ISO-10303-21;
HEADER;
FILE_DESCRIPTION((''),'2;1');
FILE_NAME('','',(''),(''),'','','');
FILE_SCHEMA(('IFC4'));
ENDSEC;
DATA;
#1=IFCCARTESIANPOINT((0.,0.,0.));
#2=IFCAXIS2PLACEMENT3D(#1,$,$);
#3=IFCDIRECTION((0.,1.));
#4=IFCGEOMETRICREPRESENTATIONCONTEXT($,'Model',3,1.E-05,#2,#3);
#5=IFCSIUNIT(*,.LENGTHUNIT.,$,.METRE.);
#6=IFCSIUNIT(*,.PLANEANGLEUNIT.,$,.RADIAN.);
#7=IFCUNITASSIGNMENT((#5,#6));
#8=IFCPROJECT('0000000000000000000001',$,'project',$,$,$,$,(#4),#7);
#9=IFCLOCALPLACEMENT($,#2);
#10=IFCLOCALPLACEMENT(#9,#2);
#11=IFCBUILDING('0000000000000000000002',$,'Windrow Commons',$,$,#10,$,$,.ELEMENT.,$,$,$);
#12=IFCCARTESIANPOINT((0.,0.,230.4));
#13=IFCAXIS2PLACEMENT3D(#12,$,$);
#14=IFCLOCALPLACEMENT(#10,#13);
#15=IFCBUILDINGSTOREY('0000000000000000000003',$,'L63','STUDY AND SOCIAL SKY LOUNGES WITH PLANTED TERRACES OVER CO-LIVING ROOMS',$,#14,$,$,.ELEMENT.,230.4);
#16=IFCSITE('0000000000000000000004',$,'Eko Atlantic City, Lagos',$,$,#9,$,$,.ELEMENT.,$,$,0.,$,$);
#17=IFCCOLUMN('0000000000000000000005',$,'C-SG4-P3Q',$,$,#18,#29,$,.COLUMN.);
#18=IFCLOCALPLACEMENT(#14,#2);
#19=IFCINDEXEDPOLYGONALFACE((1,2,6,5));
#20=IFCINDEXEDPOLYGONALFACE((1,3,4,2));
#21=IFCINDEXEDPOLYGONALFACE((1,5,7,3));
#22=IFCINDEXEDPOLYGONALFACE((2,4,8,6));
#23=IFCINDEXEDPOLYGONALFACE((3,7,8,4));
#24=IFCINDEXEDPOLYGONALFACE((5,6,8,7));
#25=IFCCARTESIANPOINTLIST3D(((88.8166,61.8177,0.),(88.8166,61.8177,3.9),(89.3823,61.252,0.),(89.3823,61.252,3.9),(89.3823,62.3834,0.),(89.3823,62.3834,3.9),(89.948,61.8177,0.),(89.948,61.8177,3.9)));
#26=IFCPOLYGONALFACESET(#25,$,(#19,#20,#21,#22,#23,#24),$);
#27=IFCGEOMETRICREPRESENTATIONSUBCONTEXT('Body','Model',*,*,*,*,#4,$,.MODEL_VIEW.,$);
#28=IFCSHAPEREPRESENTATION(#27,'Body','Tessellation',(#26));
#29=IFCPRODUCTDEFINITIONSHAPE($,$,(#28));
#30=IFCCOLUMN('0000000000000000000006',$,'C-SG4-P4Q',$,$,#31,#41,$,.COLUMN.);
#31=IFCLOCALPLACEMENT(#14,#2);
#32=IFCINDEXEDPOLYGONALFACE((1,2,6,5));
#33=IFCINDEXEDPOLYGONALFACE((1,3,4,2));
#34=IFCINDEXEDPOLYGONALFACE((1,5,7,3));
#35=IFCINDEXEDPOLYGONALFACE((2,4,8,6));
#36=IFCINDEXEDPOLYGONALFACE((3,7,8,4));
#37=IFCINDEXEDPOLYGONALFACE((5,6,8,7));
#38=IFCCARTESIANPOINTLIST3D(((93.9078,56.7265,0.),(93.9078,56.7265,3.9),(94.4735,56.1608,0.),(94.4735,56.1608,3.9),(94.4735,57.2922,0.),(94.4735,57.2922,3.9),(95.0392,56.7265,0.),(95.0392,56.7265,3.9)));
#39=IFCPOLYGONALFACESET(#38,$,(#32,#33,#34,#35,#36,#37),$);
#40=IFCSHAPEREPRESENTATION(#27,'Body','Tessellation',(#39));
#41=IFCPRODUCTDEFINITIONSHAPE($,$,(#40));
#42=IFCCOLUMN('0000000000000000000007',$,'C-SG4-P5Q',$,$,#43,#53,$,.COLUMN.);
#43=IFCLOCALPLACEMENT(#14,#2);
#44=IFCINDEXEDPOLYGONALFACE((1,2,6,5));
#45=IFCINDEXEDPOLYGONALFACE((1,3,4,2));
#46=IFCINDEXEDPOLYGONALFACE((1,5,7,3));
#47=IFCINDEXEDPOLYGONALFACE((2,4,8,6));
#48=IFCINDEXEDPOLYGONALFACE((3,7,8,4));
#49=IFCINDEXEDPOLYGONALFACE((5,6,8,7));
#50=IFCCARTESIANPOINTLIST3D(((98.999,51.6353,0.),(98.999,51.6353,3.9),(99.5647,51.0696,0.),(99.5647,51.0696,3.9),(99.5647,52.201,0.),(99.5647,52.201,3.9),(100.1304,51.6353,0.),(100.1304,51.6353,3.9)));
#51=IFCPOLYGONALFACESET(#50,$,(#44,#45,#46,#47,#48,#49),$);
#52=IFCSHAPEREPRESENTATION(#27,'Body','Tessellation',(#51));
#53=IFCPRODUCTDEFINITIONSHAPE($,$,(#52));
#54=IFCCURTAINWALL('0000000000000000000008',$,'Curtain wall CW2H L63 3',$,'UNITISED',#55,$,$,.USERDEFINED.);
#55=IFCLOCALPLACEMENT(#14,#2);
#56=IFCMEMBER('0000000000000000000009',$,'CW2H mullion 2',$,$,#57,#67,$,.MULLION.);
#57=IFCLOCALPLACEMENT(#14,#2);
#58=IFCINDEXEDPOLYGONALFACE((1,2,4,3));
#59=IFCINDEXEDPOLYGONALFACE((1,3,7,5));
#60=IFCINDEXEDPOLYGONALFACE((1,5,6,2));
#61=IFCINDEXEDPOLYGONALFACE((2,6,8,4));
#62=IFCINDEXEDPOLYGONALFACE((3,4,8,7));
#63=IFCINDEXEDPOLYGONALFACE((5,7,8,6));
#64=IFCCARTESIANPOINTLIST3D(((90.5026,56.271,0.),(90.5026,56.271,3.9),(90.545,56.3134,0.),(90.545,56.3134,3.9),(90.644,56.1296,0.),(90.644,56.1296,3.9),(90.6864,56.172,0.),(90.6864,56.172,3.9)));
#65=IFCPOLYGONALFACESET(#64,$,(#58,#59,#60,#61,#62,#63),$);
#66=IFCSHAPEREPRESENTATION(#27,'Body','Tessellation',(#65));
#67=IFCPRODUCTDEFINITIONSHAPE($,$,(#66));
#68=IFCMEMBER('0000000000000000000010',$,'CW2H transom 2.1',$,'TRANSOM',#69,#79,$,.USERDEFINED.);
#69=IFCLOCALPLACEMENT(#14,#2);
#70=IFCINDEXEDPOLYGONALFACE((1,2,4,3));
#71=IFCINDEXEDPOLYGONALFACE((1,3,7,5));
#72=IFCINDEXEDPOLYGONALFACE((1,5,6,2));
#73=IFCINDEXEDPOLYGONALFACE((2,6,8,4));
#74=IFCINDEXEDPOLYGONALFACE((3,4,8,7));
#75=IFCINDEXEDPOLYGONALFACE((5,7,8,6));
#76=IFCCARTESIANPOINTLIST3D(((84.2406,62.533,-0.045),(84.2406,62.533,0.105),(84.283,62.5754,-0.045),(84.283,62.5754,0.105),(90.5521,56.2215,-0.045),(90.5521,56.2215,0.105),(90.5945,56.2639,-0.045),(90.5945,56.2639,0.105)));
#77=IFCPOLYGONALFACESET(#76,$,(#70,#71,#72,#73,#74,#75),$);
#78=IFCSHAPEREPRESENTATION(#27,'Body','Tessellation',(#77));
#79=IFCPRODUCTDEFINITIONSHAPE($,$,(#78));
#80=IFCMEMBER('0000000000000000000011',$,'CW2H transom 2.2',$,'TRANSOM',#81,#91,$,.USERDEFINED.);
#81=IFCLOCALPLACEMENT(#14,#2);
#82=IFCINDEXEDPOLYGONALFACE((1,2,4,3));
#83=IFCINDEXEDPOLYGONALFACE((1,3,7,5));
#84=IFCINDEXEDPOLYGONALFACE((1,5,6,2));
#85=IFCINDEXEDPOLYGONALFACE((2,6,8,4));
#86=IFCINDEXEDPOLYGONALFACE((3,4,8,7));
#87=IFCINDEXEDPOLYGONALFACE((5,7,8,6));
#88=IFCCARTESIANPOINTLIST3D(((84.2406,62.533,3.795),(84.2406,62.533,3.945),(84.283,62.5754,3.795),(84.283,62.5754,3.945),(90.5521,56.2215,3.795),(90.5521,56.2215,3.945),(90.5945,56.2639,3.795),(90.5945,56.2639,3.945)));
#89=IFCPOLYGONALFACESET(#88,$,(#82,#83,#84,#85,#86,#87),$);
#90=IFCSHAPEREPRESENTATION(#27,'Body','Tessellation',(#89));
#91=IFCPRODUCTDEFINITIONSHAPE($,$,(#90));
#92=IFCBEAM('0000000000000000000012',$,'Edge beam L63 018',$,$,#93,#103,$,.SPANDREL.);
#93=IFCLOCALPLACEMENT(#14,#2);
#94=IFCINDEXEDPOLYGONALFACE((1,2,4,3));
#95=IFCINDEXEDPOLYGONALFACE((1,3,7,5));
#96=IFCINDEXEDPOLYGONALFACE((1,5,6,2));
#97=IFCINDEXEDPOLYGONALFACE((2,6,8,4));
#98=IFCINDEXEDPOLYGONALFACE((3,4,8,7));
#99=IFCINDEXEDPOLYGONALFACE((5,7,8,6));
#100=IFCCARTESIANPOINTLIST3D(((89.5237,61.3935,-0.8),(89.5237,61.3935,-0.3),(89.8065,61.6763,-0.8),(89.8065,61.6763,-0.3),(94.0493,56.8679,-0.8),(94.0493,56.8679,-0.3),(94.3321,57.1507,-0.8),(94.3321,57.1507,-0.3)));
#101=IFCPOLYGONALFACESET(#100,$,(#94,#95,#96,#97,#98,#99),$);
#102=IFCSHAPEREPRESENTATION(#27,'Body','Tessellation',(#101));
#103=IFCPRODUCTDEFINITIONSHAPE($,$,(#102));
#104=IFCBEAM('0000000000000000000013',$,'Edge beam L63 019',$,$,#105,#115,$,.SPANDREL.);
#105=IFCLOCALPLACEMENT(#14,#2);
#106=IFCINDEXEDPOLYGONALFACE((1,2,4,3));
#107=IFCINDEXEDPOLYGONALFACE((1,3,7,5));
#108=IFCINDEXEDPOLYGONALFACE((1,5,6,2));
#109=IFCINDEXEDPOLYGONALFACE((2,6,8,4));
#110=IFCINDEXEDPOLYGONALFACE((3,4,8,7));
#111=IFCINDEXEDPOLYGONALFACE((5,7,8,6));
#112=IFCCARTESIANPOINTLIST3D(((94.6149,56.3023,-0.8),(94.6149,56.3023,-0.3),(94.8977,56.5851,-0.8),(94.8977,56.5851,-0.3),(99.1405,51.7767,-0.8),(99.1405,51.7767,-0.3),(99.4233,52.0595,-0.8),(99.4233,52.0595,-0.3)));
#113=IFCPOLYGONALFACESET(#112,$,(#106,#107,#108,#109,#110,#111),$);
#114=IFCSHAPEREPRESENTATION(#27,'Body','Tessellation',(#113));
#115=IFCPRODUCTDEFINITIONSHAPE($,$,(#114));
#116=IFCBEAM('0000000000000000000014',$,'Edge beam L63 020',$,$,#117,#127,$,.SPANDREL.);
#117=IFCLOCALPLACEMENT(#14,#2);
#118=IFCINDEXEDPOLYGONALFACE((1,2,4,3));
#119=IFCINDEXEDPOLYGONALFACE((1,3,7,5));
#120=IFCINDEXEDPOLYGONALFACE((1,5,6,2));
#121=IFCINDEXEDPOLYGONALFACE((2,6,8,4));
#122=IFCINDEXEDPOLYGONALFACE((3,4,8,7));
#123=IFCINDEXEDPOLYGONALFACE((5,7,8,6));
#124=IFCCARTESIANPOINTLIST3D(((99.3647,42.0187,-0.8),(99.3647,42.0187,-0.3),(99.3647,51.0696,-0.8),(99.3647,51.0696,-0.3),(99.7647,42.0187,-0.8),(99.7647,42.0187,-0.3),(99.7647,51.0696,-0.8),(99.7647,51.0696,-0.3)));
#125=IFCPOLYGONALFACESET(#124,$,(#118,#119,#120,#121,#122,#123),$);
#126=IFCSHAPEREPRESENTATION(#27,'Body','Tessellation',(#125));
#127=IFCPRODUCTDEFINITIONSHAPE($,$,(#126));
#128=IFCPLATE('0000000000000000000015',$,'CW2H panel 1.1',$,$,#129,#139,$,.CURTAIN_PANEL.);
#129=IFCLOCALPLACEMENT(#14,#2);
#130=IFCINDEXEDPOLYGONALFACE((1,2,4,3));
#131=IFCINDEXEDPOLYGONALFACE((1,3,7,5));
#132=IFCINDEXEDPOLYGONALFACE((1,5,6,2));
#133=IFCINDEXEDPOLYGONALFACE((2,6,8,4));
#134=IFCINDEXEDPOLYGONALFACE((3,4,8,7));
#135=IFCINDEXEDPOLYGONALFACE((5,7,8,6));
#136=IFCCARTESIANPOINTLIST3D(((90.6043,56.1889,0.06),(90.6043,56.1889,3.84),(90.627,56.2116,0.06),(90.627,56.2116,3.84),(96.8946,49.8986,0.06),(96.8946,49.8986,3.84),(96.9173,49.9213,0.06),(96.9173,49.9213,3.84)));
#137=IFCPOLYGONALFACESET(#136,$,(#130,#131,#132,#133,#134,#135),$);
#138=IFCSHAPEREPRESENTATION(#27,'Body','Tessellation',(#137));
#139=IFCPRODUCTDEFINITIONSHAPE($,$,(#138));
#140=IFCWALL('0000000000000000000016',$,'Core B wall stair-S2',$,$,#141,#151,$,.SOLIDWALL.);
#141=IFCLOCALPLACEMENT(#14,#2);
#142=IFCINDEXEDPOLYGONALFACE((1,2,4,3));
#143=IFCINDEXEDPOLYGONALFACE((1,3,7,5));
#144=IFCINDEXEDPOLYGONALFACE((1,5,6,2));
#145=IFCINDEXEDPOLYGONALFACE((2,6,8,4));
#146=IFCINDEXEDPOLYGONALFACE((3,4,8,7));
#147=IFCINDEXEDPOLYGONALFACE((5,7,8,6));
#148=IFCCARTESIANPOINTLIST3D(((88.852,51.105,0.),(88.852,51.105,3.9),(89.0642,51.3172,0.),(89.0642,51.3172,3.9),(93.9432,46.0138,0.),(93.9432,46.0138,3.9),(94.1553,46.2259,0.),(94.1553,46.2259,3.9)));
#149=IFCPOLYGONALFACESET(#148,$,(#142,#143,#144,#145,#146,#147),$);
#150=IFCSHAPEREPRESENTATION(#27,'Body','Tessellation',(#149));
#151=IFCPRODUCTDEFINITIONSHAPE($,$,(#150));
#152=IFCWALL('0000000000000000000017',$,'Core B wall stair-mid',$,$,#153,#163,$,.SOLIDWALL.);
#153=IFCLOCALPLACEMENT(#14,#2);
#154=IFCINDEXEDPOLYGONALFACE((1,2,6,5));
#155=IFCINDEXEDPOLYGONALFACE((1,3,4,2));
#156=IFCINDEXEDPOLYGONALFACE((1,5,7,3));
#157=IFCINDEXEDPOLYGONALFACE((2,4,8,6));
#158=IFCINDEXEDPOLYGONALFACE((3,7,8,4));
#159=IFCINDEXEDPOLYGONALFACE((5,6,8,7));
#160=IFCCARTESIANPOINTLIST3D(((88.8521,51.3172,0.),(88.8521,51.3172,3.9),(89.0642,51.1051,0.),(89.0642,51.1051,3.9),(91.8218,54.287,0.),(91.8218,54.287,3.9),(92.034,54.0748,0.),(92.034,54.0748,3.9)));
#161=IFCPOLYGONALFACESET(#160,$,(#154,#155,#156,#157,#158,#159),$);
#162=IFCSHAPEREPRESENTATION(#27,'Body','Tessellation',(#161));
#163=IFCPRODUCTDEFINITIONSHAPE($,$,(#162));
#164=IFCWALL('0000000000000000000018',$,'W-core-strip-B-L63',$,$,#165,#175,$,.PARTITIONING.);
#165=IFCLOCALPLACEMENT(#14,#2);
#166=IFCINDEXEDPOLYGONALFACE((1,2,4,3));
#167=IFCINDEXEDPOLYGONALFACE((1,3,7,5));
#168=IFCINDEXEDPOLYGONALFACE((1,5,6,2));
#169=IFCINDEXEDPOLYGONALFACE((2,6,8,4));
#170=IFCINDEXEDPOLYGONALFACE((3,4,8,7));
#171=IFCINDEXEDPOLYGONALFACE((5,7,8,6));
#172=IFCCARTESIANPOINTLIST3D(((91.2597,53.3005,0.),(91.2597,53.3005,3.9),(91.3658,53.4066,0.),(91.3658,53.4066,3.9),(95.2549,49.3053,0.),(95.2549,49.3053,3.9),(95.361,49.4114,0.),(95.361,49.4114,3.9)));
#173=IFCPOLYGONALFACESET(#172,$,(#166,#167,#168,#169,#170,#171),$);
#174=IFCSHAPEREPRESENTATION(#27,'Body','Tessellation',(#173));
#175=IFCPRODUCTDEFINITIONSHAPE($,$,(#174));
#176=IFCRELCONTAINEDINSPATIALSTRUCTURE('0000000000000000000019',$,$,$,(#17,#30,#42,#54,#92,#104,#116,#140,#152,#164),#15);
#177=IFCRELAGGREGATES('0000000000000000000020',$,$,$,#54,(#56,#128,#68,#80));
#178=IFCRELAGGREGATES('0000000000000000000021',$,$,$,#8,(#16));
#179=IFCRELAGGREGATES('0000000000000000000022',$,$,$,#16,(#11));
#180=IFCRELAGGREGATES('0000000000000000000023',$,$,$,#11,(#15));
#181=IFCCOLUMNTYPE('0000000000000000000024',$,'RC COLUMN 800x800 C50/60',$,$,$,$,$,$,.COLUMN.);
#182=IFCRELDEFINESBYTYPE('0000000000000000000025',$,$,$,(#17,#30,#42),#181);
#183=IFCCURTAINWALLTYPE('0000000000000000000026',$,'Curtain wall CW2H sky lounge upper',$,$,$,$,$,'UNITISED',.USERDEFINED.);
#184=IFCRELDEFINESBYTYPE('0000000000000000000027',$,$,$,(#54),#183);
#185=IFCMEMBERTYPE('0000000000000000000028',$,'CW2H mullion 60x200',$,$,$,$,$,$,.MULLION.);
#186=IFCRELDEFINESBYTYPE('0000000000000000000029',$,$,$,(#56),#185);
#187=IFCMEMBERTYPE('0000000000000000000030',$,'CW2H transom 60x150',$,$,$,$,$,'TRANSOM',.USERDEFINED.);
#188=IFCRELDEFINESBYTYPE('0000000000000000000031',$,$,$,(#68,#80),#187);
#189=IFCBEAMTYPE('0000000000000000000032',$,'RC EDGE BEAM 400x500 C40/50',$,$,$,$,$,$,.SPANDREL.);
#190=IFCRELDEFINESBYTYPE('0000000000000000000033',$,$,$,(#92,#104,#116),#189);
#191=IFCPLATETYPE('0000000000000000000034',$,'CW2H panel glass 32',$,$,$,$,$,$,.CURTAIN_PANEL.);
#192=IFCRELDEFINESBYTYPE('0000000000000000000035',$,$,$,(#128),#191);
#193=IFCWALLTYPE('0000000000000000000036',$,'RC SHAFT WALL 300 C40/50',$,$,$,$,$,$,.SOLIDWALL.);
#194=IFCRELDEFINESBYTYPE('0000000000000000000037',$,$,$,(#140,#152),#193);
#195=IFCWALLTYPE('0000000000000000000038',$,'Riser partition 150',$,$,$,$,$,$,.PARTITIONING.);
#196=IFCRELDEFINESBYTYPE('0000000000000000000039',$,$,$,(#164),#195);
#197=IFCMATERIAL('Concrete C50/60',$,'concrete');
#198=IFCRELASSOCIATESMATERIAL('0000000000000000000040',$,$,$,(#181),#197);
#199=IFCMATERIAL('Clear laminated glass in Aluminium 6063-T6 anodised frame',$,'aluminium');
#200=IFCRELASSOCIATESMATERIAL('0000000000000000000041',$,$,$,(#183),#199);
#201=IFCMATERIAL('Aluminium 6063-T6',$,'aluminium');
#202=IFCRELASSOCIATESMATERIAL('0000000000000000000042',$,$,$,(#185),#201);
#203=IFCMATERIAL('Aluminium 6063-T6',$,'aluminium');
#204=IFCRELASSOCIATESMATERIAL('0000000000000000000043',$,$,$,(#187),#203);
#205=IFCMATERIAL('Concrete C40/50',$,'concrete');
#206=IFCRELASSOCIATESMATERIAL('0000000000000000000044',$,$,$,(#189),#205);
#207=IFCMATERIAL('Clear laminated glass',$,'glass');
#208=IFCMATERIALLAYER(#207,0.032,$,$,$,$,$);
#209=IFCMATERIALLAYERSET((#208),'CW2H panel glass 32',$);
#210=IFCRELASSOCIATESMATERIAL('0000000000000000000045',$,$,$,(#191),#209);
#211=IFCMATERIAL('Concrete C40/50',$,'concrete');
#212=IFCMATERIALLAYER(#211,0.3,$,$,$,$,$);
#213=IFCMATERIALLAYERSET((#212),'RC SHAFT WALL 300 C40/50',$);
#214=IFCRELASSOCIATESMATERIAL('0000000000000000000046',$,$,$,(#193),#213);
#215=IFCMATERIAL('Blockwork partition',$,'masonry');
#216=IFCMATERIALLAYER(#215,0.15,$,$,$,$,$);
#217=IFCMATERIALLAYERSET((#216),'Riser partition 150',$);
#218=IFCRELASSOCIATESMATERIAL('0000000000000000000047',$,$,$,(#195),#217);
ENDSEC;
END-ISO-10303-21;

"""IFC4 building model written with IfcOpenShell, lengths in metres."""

from ifc_helpers import new_model, si_unit, direction, frame, frame_2d, origin, origin_2d, place, context, subcontext, project, spatial, rectangle, extrude, material, layer, layer_set, material_profile, profile_set, type_object, element, aggregate, save


model = new_model("IFC4")

# Units and contexts
model_context = context("Model", 3, precision=1e-05, world=origin(), true_north=direction((0.0, 1.0)))
body_context = subcontext(model_context, "Body", "Model", "MODEL_VIEW")
ifc_project = project(units=[si_unit("LENGTHUNIT", "METRE"), si_unit("PLANEANGLEUNIT", "RADIAN")], contexts=[model_context])

# Site, building, storey
site_placement = place(None, origin())
site = spatial("IfcSite", under=ifc_project, at=site_placement, Name="Eko Atlantic City, Lagos", CompositionType="ELEMENT", RefElevation=0.0)
building_placement = place(site_placement, origin())
building = spatial("IfcBuilding", under=site, at=building_placement, Name="Windrow Commons", CompositionType="ELEMENT")
storey_placement = place(building_placement, frame((0.0, 0.0, 230.4)))
storey = spatial("IfcBuildingStorey", under=building, at=storey_placement, Name="L63", Description="STUDY AND SOCIAL SKY LOUNGES WITH PLANTED TERRACES OVER CO-LIVING ROOMS", CompositionType="ELEMENT", Elevation=230.4)

# Columns
ifc_material_1 = material(Name="Concrete C50/60", Category="concrete")
ifc_material_profile_1 = material_profile(ifc_material_1, rectangle(XDim=0.8, YDim=0.8, at=origin_2d()))
ifc_profile_set_1 = profile_set([ifc_material_profile_1], Name="Concrete C50/60")
column_type = type_object("IfcColumnType", Name="RC COLUMN 800x800 C50/60", PredefinedType="COLUMN", material=ifc_profile_set_1)
for number, where, z_axis, x_axis, name in (
    (1, (89.3823, 61.8177, 0.0), (0.0, 0.0, 1.0), (0.707107, -0.707107, 0.0), "C-SG4-P3Q"),
    (2, (94.4735, 56.7265, 0.0), (0.0, 0.0, 1.0), (0.707107, -0.707107, 0.0), "C-SG4-P4Q"),
    (3, (99.5647, 51.6353, 0.0), (0.0, 0.0, 1.0), (0.707107, -0.707107, 0.0), "C-SG4-P5Q"),
):
    element("IfcColumn", number, at=place(storey_placement, frame(where, z_axis=z_axis, x_axis=x_axis)), inside=storey, type_object=column_type, Name=name, PredefinedType="COLUMN", context=body_context, shape_type="SweptSolid", body=[
        extrude(rectangle(XDim=0.8, YDim=0.8, at=origin_2d()), origin(), (0.0, 0.0, 1.0), 3.9),
    ])

# Curtain wall, members
ifc_material_2 = material(Name="Clear laminated glass in Aluminium 6063-T6 anodised frame", Category="aluminium")
curtain_wall_type = type_object("IfcCurtainWallType", Name="Curtain wall CW2H sky lounge upper", ElementType="UNITISED", PredefinedType="USERDEFINED", material=ifc_material_2)
placement = place(storey_placement, origin())
curtain_wall = element("IfcCurtainWall", 4, at=placement, inside=storey, type_object=curtain_wall_type, Name="Curtain wall CW2H L63 3", ObjectType="UNITISED", PredefinedType="USERDEFINED")
ifc_material_3 = material(Name="Aluminium 6063-T6", Category="aluminium")
ifc_material_profile_2 = material_profile(ifc_material_3, rectangle(XDim=0.06, YDim=0.2, at=origin_2d()))
ifc_profile_set_2 = profile_set([ifc_material_profile_2], Name="Aluminium 6063-T6")
member_type_1 = type_object("IfcMemberType", Name="CW2H mullion 60x200", PredefinedType="MULLION", material=ifc_profile_set_2)
member_1_placement = place(storey_placement, frame((90.5945, 56.2215, 0.0), z_axis=(0.0, 0.0, 1.0), x_axis=(-0.707107, -0.707107, 0.0)))
member_1 = element("IfcMember", 5, at=member_1_placement, type_object=member_type_1, Name="CW2H mullion 2", PredefinedType="MULLION", context=body_context, shape_type="SweptSolid", body=[
    extrude(rectangle(XDim=0.06, YDim=0.2, at=origin_2d()), origin(), (0.0, 0.0, 1.0), 3.9),
])
ifc_material_4 = material(Name="Aluminium 6063-T6", Category="aluminium")
ifc_material_profile_3 = material_profile(ifc_material_4, rectangle(XDim=0.06, YDim=0.15, at=origin_2d()))
ifc_profile_set_3 = profile_set([ifc_material_profile_3], Name="Aluminium 6063-T6")
member_type_2 = type_object("IfcMemberType", Name="CW2H transom 60x150", ElementType="TRANSOM", PredefinedType="USERDEFINED", material=ifc_profile_set_3)
member_2_placement = place(storey_placement, frame((90.5733, 56.2427, 0.03), z_axis=(-0.707107, 0.707107, 0.0), x_axis=(-0.707107, -0.707107, 0.0)))
member_2 = element("IfcMember", 6, at=member_2_placement, type_object=member_type_2, Name="CW2H transom 2.1", ObjectType="TRANSOM", PredefinedType="USERDEFINED", context=body_context, shape_type="SweptSolid", body=[
    extrude(rectangle(XDim=0.06, YDim=0.15, at=origin_2d()), origin(), (0.0, 0.0, 1.0), 8.9258),
])
member_3_placement = place(storey_placement, frame((90.5733, 56.2427, 3.87), z_axis=(-0.707107, 0.707107, 0.0), x_axis=(-0.707107, -0.707107, 0.0)))
member_3 = element("IfcMember", 7, at=member_3_placement, type_object=member_type_2, Name="CW2H transom 2.2", ObjectType="TRANSOM", PredefinedType="USERDEFINED", context=body_context, shape_type="SweptSolid", body=[
    extrude(rectangle(XDim=0.06, YDim=0.15, at=origin_2d()), origin(), (0.0, 0.0, 1.0), 8.9258),
])

# Beams
ifc_material_5 = material(Name="Concrete C40/50", Category="concrete")
ifc_material_profile_4 = material_profile(ifc_material_5, rectangle(XDim=0.4, YDim=0.5, at=origin_2d()))
ifc_profile_set_4 = profile_set([ifc_material_profile_4], Name="Concrete C40/50")
beam_type = type_object("IfcBeamType", Name="RC EDGE BEAM 400x500 C40/50", PredefinedType="SPANDREL", material=ifc_profile_set_4)
for number, where, z_axis, x_axis, name in (
    (8, (89.6651, 61.5349, -0.55), (0.707107, -0.707107, 0.0), (0.707107, 0.707107, 0.0), "Edge beam L63 018"),
    (9, (94.7563, 56.4437, -0.55), (0.707107, -0.707107, 0.0), (0.707107, 0.707107, 0.0), "Edge beam L63 019"),
):
    element("IfcBeam", number, at=place(storey_placement, frame(where, z_axis=z_axis, x_axis=x_axis)), inside=storey, type_object=beam_type, Name=name, PredefinedType="SPANDREL", context=body_context, shape_type="SweptSolid", body=[
        extrude(rectangle(XDim=0.4, YDim=0.5, at=origin_2d()), origin(), (0.0, 0.0, 1.0), 6.4002),
    ])
beam_placement = place(storey_placement, frame((99.5647, 51.0696, -0.55), z_axis=(0.0, -1.0, 0.0), x_axis=(1.0, 0.0, 0.0)))
element("IfcBeam", 10, at=beam_placement, inside=storey, type_object=beam_type, Name="Edge beam L63 020", PredefinedType="SPANDREL", context=body_context, shape_type="SweptSolid", body=[
    extrude(rectangle(XDim=0.4, YDim=0.5, at=origin_2d()), origin(), (0.0, 0.0, 1.0), 9.0509),
])

# Plate
ifc_material_6 = material(Name="Clear laminated glass", Category="glass")
ifc_layer_1 = layer(ifc_material_6, 0.032)
ifc_layer_set_1 = layer_set([ifc_layer_1], Name="CW2H panel glass 32")
plate_type = type_object("IfcPlateType", Name="CW2H panel glass 32", PredefinedType="CURTAIN_PANEL", material=ifc_layer_set_1)
plate_placement = place(storey_placement, frame((93.7608, 53.0551, 0.06), z_axis=(0.0, 0.0, 1.0), x_axis=(-0.707107, 0.707107, 0.0)))
plate = element("IfcPlate", 11, at=plate_placement, type_object=plate_type, Name="CW2H panel 1.1", PredefinedType="CURTAIN_PANEL", context=body_context, shape_type="SweptSolid", body=[
    extrude(rectangle(XDim=8.8958, YDim=0.032, at=origin_2d()), origin(), (0.0, 0.0, 1.0), 3.78),
])
aggregate(curtain_wall, [member_1, plate, member_2, member_3])

# Walls
ifc_material_7 = material(Name="Concrete C40/50", Category="concrete")
ifc_layer_2 = layer(ifc_material_7, 0.3)
ifc_layer_set_2 = layer_set([ifc_layer_2], Name="RC SHAFT WALL 300 C40/50")
wall_type_1 = type_object("IfcWallType", Name="RC SHAFT WALL 300 C40/50", PredefinedType="SOLIDWALL", material=ifc_layer_set_2)
wall_1_placement = place(storey_placement, frame((88.9581, 51.2111, 0.0), z_axis=(0.0, 0.0, 1.0), x_axis=(0.7071, -0.707114, 0.0)))
element("IfcWall", 12, at=wall_1_placement, inside=storey, type_object=wall_type_1, Name="Core B wall stair-S2", PredefinedType="SOLIDWALL", context=body_context, shape_type="SweptSolid", body=[
    extrude(rectangle(XDim=7.2, YDim=0.3, at=frame_2d((3.6, 0.0))), origin(), (0.0, 0.0, 1.0), 3.9),
])
wall_2_placement = place(storey_placement, frame((88.9581, 51.2111, 0.0), z_axis=(0.0, 0.0, 1.0), x_axis=(0.707107, 0.707107, 0.0)))
element("IfcWall", 13, at=wall_2_placement, inside=storey, type_object=wall_type_1, Name="Core B wall stair-mid", PredefinedType="SOLIDWALL", context=body_context, shape_type="SweptSolid", body=[
    extrude(rectangle(XDim=4.1999, YDim=0.3, at=frame_2d((2.1, 0.0))), origin(), (0.0, 0.0, 1.0), 3.9),
])
ifc_material_8 = material(Name="Blockwork partition", Category="masonry")
ifc_layer_3 = layer(ifc_material_8, 0.15)
ifc_layer_set_3 = layer_set([ifc_layer_3], Name="Riser partition 150")
wall_type_2 = type_object("IfcWallType", Name="Riser partition 150", PredefinedType="PARTITIONING", material=ifc_layer_set_3)
wall_3_placement = place(storey_placement, frame((91.3127, 53.3536, 0.0), z_axis=(0.0, 0.0, 1.0), x_axis=(0.707107, -0.707107, 0.0)))
element("IfcWall", 14, at=wall_3_placement, inside=storey, type_object=wall_type_2, Name="W-core-strip-B-L63", PredefinedType="PARTITIONING", context=body_context, shape_type="SweptSolid", body=[
    extrude(rectangle(XDim=5.6501, YDim=0.15, at=frame_2d((2.8251, 0.0))), origin(), (0.0, 0.0, 1.0), 3.9),
])

save(model, "model.ifc")
